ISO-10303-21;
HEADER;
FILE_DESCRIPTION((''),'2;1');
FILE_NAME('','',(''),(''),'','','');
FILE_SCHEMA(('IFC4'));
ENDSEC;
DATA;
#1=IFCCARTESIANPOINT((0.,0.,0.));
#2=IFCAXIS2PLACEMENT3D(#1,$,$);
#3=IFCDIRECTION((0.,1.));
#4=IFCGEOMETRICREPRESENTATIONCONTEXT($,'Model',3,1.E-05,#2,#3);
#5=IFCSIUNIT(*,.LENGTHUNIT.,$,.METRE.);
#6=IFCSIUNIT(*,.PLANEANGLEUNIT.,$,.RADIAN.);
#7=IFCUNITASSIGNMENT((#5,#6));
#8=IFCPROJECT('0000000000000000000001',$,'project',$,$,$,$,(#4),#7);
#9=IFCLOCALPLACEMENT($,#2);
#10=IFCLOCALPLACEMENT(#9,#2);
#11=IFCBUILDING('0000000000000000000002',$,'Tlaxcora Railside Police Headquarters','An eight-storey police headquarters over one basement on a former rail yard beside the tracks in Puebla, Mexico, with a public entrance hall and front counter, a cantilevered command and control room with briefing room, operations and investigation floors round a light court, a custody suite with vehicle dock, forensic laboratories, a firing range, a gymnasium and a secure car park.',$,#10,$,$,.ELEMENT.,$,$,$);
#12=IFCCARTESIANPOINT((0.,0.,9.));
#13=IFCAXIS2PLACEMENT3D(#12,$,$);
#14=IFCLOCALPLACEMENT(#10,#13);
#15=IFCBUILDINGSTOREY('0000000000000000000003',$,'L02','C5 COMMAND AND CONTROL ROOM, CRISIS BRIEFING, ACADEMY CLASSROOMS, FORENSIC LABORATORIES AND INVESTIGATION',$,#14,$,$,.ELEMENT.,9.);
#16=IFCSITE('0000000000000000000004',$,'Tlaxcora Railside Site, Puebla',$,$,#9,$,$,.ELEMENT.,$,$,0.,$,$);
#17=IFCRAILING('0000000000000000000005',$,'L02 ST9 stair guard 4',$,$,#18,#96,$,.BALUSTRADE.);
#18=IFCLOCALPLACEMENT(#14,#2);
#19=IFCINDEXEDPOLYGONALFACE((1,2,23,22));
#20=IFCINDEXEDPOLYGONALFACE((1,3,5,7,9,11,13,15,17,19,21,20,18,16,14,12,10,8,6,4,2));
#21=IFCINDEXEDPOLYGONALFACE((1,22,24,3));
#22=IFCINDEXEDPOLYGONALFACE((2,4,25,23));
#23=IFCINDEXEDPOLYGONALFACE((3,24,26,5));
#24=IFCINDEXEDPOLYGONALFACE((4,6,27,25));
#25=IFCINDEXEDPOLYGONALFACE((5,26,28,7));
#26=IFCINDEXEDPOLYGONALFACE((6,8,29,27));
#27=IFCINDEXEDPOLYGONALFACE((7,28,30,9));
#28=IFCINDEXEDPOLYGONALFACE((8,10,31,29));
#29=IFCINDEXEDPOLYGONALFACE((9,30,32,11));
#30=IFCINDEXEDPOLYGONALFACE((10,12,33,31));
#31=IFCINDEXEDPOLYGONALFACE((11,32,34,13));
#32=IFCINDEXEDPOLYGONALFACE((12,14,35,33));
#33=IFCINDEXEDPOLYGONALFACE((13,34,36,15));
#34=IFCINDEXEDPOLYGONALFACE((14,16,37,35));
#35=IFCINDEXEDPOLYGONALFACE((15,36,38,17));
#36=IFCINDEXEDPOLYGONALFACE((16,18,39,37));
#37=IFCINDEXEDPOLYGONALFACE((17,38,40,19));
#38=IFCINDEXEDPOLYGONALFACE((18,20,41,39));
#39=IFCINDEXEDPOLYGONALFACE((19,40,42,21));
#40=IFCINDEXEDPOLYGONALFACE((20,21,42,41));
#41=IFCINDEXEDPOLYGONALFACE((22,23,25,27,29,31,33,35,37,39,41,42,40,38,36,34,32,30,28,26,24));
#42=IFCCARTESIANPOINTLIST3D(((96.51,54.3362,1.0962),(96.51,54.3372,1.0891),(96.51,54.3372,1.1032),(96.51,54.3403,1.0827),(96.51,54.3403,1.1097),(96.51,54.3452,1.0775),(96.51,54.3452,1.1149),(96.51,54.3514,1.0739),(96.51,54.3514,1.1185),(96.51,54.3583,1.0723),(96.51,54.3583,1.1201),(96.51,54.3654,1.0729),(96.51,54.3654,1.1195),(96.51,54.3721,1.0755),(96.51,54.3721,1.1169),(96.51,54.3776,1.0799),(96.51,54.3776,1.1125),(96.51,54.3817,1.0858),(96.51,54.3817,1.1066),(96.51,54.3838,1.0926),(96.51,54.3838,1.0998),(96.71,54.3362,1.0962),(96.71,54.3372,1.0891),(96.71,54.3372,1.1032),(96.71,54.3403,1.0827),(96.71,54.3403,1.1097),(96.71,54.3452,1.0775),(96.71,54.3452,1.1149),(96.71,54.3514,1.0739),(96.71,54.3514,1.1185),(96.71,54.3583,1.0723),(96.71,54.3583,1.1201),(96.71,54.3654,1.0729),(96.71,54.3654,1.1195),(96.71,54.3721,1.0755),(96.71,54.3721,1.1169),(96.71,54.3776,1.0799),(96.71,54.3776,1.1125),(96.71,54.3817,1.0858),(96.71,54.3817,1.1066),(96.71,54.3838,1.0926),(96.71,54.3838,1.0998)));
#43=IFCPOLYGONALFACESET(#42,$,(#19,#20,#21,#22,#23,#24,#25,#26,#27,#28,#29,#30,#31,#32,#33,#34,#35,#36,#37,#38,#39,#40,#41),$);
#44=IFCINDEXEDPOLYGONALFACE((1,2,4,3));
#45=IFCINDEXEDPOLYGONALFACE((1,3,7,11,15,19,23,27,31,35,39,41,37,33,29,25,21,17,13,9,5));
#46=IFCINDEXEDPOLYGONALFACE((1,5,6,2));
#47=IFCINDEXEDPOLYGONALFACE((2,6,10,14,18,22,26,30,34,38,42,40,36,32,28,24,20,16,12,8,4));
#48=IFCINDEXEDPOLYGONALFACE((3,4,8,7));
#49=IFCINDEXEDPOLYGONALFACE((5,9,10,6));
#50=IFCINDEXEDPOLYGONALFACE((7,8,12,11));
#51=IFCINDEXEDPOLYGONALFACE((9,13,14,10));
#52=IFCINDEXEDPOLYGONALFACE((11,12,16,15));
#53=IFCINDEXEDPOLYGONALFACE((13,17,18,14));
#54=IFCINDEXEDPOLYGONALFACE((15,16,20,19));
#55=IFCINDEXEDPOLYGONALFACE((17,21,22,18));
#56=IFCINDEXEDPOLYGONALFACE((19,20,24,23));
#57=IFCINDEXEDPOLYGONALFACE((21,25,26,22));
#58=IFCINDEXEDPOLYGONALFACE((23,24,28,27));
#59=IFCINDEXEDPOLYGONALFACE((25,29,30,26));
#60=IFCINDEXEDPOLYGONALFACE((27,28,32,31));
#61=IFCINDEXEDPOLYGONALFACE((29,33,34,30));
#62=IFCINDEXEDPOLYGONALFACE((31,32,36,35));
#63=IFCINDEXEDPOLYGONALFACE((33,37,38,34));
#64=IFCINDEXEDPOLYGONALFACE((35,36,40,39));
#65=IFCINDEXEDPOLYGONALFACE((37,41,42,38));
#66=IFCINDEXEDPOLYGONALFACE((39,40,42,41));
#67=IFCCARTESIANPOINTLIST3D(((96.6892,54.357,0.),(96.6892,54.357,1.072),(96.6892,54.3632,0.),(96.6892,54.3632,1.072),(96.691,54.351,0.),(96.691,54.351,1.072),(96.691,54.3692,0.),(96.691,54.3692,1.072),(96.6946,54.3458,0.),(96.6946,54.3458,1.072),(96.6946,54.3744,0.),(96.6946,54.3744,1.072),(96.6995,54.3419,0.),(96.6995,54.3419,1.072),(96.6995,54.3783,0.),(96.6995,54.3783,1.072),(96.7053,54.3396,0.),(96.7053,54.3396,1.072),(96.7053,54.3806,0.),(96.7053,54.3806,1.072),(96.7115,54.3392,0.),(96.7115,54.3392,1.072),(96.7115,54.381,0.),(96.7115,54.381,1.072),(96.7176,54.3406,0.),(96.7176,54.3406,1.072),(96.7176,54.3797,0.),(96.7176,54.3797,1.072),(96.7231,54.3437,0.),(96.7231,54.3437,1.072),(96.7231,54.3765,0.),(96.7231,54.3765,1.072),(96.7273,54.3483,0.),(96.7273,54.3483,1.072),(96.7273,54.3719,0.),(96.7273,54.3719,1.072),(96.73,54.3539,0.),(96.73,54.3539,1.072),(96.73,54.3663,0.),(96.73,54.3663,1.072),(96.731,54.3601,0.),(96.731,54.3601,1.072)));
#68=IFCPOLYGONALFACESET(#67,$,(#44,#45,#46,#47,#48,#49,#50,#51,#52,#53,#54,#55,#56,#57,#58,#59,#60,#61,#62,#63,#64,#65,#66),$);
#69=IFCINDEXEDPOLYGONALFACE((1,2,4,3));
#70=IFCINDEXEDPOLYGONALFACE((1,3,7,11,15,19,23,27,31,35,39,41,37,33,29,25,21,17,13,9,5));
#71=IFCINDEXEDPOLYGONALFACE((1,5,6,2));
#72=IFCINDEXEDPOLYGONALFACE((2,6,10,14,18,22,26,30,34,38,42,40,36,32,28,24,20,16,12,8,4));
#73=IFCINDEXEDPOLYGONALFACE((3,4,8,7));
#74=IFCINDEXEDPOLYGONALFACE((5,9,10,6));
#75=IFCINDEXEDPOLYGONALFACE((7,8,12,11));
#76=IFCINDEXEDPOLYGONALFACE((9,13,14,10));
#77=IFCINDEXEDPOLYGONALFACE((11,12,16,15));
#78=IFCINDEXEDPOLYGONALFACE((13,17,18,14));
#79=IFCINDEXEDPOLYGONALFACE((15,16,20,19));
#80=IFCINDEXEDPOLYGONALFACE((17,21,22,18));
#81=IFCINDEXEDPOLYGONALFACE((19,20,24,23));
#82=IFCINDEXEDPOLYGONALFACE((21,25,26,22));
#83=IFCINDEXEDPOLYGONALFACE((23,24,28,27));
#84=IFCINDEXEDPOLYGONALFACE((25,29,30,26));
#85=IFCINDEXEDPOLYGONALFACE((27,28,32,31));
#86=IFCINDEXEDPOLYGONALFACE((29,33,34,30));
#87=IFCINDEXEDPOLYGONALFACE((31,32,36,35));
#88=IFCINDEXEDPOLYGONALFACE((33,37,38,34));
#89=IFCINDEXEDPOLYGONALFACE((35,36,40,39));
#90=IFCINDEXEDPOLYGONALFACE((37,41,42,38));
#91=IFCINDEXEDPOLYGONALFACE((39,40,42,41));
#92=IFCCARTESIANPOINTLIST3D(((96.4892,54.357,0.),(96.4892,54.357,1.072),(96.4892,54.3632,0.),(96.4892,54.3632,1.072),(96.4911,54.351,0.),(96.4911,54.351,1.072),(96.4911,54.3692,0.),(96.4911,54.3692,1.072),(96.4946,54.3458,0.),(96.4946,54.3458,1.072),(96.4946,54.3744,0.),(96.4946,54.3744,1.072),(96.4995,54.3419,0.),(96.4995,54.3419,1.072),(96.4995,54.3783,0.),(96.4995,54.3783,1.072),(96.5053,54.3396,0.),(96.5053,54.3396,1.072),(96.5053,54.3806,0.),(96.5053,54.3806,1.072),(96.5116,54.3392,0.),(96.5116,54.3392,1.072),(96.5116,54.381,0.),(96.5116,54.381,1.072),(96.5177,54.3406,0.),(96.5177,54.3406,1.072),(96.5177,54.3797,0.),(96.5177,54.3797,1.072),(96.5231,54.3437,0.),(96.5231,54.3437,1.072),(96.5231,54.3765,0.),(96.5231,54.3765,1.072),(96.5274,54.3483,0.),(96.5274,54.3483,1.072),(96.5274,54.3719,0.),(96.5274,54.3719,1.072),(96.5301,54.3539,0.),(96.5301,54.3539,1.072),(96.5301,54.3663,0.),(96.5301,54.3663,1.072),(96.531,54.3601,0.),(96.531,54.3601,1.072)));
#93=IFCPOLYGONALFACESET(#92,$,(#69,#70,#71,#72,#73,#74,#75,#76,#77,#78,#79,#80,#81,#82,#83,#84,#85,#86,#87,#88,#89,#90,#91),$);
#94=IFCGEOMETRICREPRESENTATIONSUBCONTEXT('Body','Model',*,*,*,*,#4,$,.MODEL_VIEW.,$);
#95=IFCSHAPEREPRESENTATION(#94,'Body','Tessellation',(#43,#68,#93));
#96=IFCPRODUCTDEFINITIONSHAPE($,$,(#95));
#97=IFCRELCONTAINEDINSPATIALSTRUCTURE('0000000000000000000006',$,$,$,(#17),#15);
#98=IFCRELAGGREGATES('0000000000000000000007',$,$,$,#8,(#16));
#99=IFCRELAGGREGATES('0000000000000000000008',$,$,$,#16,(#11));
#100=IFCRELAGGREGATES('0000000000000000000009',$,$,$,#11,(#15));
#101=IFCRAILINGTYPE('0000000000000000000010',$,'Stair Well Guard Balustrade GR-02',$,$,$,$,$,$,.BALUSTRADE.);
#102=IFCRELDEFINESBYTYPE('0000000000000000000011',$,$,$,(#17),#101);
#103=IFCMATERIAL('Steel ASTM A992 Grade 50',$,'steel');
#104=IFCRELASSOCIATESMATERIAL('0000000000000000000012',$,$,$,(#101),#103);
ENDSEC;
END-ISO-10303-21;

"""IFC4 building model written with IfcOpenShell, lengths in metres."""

from ifc_helpers import new_model, si_unit, direction, frame, origin, origin_2d, place, context, subcontext, project, spatial, circle, extrude, material, type_object, element, save


model = new_model("IFC4")

# Units and contexts
model_context = context("Model", 3, precision=1e-05, world=origin(), true_north=direction((0.0, 1.0)))
body_context = subcontext(model_context, "Body", "Model", "MODEL_VIEW")
ifc_project = project(units=[si_unit("LENGTHUNIT", "METRE"), si_unit("PLANEANGLEUNIT", "RADIAN")], contexts=[model_context])

# Site, building, storey
site_placement = place(None, origin())
site = spatial("IfcSite", under=ifc_project, at=site_placement, Name="Tlaxcora Railside Site, Puebla", CompositionType="ELEMENT", RefElevation=0.0)
building_placement = place(site_placement, origin())
building = spatial("IfcBuilding", under=site, at=building_placement, Name="Tlaxcora Railside Police Headquarters", Description="An eight-storey police headquarters over one basement on a former rail yard beside the tracks in Puebla, Mexico, with a public entrance hall and front counter, a cantilevered command and control room with briefing room, operations and investigation floors round a light court, a custody suite with vehicle dock, forensic laboratories, a firing range, a gymnasium and a secure car park.", CompositionType="ELEMENT")
storey_placement = place(building_placement, frame((0.0, 0.0, 9.0)))
storey = spatial("IfcBuildingStorey", under=building, at=storey_placement, Name="L02", Description="C5 COMMAND AND CONTROL ROOM, CRISIS BRIEFING, ACADEMY CLASSROOMS, FORENSIC LABORATORIES AND INVESTIGATION", CompositionType="ELEMENT", Elevation=9.0)

# Shared definitions
ifc_material_1 = material(Name="Steel ASTM A992 Grade 50", Category="steel")

# Railing
railing_type_1 = type_object("IfcRailingType", Name="Stair Well Guard Balustrade GR-02", PredefinedType="BALUSTRADE", material=ifc_material_1)
railing_1_placement = place(storey_placement, frame((96.71, 54.3601, 0.0)))
element("IfcRailing", 1, at=railing_1_placement, inside=storey, type_object=railing_type_1, Name="L02 ST9 stair guard 4", PredefinedType="BALUSTRADE", context=body_context, shape_type="SweptSolid", body=[
    extrude(circle(Radius=0.0239, at=origin_2d()), frame((0.0, 0.0, 1.0962), z_axis=(-1.0, 0.0, 0.0), x_axis=(0.0, -1.0, 0.0)), (0.0, 0.0, 1.0), 0.2),
    extrude(circle(Radius=0.021, at=origin_2d()), origin(), (0.0, 0.0, 1.0), 1.072),
    extrude(circle(Radius=0.021, at=origin_2d()), frame((-0.2, 0.0, 0.0)), (0.0, 0.0, 1.0), 1.072),
])

save(model, "model.ifc")
